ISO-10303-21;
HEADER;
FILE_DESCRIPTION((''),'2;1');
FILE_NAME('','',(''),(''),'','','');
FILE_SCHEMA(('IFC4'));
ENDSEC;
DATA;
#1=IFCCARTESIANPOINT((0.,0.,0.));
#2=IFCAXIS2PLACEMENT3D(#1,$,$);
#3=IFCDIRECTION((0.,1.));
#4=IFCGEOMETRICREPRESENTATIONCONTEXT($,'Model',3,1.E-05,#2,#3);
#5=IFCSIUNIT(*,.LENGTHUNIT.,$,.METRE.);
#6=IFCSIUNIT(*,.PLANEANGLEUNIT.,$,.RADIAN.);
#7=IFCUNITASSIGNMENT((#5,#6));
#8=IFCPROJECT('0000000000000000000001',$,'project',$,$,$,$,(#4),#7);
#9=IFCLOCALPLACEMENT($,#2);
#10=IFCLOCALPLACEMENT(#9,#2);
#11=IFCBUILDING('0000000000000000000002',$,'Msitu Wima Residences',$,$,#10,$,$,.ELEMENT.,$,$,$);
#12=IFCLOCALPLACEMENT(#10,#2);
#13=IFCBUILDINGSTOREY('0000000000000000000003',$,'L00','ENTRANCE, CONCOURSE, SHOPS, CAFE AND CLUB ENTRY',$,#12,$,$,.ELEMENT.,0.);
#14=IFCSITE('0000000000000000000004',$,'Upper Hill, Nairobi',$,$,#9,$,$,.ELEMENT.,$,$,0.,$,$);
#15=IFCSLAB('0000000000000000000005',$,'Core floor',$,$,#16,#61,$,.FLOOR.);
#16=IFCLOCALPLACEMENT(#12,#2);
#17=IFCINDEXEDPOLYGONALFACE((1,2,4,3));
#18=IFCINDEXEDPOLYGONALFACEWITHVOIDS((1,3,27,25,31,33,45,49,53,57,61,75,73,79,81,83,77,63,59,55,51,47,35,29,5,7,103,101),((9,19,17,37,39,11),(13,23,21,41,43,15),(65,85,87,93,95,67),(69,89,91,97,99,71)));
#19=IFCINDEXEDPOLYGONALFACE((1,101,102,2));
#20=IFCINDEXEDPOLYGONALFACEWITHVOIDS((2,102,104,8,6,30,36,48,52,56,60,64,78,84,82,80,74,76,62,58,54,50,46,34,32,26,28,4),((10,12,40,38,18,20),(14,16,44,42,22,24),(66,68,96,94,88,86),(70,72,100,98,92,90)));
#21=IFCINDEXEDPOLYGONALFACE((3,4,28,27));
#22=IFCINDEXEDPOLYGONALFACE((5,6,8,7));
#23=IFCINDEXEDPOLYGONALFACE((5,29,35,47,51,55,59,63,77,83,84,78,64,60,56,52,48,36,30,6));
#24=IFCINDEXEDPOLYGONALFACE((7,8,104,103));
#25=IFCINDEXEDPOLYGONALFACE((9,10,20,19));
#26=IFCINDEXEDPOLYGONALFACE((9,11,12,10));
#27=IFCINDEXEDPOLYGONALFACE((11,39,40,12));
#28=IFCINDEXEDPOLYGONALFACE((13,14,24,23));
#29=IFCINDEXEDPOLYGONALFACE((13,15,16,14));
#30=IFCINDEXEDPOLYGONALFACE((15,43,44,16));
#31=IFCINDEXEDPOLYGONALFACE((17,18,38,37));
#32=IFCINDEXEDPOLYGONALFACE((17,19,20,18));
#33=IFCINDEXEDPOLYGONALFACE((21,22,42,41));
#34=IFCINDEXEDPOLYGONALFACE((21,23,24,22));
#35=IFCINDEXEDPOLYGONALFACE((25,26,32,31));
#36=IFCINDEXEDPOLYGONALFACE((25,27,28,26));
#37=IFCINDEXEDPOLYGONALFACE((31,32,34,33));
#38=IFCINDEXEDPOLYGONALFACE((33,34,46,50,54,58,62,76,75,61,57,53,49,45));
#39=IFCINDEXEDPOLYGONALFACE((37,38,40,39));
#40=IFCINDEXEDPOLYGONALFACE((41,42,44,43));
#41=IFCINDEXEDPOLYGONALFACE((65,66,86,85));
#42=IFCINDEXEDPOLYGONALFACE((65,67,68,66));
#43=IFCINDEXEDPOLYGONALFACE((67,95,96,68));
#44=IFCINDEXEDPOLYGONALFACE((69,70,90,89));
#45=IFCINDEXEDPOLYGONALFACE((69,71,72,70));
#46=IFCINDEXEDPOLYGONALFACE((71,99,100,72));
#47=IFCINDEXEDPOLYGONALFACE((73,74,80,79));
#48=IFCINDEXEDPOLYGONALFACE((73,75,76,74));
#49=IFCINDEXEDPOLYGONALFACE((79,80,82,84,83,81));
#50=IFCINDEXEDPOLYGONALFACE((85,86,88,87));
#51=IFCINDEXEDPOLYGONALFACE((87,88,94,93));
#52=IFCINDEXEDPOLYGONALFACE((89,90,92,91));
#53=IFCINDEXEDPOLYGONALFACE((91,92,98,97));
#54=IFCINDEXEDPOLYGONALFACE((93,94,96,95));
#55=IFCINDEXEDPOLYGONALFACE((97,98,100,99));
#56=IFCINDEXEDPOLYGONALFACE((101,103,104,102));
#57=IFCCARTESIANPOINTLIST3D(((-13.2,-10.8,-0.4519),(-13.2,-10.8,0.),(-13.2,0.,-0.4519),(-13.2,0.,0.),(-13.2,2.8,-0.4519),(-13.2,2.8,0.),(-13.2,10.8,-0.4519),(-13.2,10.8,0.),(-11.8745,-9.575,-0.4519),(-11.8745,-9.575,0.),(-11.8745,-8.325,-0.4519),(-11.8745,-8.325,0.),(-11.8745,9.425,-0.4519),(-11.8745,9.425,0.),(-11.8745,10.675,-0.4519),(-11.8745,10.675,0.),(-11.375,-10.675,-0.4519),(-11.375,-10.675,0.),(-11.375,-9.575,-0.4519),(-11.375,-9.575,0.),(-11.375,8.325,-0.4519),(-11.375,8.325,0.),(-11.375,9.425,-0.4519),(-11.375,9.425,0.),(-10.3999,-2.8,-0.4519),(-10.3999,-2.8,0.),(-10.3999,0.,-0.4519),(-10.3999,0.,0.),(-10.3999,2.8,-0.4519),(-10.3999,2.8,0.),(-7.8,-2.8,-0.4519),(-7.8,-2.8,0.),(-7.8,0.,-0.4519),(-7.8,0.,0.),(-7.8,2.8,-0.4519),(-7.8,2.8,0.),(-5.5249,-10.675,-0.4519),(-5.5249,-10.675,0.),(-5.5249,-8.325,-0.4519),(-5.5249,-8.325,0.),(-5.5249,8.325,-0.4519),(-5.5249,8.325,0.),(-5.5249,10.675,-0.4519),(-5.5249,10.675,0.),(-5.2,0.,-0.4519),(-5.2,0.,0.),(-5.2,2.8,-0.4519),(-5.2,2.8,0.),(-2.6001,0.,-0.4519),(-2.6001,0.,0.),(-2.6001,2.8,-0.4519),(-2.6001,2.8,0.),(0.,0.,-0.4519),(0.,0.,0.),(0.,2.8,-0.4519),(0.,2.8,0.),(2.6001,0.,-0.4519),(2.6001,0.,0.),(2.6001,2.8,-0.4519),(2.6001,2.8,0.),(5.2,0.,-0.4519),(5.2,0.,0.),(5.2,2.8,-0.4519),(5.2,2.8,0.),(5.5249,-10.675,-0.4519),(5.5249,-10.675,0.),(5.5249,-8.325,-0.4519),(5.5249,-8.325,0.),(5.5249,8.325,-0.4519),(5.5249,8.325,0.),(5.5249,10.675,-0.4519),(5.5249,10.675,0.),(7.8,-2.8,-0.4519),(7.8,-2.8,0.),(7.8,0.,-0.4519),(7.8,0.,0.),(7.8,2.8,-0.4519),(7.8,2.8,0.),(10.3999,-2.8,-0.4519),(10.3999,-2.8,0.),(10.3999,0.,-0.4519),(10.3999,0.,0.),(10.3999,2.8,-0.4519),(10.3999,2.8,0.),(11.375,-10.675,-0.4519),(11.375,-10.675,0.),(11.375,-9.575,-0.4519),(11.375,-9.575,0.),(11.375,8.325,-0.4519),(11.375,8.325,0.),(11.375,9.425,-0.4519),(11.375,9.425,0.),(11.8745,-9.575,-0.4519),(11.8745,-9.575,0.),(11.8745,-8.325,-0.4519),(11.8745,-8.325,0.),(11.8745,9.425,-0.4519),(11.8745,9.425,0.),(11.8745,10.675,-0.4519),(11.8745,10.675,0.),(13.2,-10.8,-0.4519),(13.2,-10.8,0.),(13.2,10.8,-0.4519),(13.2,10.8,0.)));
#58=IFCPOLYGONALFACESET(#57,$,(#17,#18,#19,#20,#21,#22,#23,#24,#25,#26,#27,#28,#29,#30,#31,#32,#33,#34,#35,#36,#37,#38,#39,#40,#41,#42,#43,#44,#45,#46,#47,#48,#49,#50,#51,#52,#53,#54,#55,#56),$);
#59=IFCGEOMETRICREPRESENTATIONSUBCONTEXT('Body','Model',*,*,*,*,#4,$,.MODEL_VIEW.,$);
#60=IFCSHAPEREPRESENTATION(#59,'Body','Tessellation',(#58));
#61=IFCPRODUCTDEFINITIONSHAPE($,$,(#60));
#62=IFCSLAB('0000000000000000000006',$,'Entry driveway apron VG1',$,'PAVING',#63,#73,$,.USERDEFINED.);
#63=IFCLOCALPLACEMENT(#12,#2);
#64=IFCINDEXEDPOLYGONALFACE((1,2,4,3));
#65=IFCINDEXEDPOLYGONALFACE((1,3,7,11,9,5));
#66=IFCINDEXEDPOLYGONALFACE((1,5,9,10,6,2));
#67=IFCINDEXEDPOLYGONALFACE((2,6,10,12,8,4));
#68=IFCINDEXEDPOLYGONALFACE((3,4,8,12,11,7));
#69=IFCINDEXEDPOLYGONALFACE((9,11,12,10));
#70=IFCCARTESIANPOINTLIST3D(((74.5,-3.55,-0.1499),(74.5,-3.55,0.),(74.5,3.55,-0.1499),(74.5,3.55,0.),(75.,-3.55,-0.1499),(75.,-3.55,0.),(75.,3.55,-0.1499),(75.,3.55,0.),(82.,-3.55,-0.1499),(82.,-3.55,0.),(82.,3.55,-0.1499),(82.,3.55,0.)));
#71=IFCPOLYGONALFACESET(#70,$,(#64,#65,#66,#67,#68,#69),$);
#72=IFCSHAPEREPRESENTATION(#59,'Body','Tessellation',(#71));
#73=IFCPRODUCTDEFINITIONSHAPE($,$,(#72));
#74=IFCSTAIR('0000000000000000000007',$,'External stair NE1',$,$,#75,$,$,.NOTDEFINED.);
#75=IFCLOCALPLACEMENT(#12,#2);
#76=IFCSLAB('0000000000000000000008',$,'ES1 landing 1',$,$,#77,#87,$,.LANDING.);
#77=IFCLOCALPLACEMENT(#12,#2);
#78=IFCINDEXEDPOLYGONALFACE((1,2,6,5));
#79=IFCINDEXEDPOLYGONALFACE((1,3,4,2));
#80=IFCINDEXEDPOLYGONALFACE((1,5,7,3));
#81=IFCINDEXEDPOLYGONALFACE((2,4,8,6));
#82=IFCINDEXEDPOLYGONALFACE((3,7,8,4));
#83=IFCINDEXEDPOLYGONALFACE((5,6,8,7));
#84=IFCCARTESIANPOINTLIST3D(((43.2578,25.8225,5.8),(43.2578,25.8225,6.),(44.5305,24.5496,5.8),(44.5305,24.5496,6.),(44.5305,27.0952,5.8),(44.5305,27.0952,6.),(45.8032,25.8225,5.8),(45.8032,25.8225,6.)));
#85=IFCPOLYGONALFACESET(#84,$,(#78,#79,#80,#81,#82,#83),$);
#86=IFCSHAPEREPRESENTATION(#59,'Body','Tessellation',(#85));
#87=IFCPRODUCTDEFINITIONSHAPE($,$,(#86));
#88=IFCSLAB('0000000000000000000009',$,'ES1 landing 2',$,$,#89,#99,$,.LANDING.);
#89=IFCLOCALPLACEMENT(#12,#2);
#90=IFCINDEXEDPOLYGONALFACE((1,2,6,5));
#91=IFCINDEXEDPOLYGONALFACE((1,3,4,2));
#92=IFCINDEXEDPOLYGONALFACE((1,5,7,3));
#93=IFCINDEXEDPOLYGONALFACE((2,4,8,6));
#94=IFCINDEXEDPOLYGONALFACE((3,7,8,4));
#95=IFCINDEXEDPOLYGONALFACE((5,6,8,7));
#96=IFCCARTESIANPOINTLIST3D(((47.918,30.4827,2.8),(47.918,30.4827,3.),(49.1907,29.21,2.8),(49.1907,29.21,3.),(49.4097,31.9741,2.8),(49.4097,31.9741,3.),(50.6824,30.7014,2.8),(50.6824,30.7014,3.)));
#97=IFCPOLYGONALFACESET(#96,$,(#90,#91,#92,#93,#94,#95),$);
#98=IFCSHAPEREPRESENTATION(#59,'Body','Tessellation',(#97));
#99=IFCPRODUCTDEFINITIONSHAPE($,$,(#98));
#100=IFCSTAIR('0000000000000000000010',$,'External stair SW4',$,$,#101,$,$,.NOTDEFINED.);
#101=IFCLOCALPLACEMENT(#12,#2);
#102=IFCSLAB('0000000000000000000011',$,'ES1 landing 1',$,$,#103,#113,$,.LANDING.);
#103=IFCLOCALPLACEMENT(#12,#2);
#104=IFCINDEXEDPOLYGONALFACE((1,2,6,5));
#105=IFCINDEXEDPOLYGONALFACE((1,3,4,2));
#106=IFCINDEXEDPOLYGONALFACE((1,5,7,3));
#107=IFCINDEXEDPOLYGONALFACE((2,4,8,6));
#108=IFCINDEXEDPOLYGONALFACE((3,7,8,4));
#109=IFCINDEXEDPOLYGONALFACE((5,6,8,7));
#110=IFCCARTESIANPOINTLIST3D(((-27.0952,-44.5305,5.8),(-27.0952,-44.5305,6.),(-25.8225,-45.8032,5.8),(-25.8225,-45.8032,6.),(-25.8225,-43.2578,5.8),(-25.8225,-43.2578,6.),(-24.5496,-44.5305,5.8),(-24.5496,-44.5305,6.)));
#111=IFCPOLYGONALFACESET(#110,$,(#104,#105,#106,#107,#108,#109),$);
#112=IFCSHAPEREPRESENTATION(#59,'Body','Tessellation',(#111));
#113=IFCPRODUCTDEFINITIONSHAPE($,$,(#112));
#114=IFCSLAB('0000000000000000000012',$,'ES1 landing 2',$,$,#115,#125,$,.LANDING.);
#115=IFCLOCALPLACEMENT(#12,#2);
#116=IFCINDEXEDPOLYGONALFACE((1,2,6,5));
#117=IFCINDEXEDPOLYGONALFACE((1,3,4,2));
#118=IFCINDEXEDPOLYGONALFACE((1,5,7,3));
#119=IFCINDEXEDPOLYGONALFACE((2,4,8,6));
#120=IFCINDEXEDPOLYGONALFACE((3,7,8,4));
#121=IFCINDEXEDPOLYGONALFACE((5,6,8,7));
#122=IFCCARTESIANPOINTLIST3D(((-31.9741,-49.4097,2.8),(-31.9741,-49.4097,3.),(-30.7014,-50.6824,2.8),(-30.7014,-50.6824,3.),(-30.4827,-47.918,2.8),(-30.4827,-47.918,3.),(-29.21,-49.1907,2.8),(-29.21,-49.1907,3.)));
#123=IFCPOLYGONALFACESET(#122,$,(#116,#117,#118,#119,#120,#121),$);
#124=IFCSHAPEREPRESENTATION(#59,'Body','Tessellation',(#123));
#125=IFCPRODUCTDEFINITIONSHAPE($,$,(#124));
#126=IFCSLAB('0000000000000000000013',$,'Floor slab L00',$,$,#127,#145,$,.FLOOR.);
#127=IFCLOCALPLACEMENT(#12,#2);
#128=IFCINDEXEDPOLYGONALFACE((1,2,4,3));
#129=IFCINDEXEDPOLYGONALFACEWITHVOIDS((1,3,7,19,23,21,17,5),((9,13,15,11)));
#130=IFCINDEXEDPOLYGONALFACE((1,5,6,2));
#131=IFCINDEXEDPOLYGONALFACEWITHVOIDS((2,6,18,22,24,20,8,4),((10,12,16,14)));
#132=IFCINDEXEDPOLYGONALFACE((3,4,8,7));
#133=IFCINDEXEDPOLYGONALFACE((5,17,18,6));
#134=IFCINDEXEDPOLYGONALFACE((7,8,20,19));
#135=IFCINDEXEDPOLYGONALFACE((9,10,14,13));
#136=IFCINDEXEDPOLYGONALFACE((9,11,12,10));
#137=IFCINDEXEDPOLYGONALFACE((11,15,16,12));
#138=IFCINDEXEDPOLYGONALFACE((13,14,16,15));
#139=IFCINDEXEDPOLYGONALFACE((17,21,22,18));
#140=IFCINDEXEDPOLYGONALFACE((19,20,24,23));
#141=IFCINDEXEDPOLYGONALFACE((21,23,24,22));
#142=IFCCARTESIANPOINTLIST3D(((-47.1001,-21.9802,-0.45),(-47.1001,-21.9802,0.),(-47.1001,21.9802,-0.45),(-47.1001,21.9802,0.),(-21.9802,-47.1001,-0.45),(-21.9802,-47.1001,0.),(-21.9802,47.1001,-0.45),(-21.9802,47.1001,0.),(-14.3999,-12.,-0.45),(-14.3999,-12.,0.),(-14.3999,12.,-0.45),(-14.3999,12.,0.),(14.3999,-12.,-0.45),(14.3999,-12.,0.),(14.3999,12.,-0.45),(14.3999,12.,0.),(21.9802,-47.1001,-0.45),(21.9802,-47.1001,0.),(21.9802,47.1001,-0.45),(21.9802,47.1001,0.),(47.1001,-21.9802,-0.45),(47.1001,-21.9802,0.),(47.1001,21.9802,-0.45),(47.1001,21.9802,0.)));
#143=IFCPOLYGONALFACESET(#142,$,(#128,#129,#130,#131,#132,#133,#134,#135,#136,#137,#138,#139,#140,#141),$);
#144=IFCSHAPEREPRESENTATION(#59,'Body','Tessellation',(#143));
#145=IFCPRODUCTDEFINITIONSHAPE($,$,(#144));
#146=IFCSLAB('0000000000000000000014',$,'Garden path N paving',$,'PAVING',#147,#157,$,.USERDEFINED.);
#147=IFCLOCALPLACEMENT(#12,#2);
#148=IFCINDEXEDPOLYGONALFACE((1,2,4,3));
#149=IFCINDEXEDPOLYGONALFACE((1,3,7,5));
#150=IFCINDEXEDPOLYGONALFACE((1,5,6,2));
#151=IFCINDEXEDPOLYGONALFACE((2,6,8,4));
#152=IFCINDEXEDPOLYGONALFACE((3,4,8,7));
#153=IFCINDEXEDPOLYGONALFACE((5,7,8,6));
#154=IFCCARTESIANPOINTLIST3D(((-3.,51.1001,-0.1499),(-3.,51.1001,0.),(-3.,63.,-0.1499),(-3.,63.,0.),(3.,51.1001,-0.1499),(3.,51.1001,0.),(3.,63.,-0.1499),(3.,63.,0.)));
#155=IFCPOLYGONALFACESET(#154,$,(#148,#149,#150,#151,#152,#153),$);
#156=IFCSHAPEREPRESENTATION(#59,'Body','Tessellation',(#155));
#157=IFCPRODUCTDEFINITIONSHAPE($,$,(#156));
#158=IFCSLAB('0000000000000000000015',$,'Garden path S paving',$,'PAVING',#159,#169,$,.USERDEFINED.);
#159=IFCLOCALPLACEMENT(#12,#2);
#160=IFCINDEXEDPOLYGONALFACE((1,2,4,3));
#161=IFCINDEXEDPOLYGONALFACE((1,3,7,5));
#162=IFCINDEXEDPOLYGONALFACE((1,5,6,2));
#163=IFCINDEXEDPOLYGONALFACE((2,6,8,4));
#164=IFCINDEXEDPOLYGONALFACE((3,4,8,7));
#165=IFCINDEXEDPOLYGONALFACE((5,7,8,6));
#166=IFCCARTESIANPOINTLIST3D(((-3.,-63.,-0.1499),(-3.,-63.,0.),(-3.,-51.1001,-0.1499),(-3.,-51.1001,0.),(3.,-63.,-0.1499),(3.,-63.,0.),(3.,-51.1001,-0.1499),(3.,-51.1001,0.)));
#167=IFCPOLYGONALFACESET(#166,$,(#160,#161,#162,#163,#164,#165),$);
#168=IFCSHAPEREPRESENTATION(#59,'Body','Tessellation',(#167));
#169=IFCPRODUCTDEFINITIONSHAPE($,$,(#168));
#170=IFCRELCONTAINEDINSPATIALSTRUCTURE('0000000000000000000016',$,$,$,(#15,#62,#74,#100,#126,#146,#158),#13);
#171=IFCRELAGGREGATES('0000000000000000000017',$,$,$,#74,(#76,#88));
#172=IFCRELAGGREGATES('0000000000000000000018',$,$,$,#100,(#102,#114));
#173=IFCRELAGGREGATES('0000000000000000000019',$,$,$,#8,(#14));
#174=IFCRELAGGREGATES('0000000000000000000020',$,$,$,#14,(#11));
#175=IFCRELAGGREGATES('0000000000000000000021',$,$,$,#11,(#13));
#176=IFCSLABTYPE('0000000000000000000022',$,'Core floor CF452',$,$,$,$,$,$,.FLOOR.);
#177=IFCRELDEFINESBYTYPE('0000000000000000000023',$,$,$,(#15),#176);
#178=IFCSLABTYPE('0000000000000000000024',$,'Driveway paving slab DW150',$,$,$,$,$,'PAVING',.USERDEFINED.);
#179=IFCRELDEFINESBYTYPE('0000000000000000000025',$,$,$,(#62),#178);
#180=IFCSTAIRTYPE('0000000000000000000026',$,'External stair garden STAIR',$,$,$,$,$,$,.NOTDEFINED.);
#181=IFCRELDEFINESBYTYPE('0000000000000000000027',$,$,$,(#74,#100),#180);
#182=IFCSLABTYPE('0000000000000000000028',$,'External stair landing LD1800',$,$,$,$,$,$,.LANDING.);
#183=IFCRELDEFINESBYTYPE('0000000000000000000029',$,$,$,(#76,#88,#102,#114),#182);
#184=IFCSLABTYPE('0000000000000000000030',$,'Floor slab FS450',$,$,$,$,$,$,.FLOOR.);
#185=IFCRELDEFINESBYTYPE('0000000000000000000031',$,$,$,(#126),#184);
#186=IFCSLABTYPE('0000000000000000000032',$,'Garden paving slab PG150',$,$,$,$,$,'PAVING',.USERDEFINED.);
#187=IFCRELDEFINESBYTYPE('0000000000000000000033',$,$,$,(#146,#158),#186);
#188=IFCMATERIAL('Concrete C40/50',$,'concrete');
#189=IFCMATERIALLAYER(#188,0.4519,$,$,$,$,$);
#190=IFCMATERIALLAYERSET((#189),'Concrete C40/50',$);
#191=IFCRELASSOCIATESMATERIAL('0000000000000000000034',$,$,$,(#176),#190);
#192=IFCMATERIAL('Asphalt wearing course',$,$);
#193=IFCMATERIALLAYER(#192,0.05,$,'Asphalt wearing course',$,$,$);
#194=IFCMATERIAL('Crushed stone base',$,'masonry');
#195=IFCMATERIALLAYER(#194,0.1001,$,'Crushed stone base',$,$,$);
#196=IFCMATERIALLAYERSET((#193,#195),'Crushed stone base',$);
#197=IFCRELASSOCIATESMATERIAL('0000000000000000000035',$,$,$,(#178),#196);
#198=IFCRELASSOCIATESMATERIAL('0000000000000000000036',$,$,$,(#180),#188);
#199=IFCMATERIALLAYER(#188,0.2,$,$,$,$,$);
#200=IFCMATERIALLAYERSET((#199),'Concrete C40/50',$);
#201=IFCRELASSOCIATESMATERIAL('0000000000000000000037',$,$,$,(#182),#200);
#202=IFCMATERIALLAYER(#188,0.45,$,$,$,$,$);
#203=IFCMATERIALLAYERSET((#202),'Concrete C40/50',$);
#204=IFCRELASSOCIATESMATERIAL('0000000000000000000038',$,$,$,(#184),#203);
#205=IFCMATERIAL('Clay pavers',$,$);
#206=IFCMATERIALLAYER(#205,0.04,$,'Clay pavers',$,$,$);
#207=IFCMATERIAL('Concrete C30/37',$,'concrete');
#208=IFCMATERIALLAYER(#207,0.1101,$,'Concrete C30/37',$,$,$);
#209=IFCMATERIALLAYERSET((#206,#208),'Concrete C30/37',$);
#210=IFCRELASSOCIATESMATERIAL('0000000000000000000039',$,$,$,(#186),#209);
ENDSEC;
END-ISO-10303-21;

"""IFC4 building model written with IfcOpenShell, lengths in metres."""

from ifc_helpers import new_model, si_unit, direction, frame, origin, place, context, subcontext, project, spatial, polyline, outline, extrude, material, layer, layer_set, type_object, element, aggregate, save


model = new_model("IFC4")

# Units and contexts
model_context = context("Model", 3, precision=1e-05, world=origin(), true_north=direction((0.0, 1.0)))
body_context = subcontext(model_context, "Body", "Model", "MODEL_VIEW")
ifc_project = project(units=[si_unit("LENGTHUNIT", "METRE"), si_unit("PLANEANGLEUNIT", "RADIAN")], contexts=[model_context])

# Site, building, storey
site_placement = place(None, origin())
site = spatial("IfcSite", under=ifc_project, at=site_placement, Name="Upper Hill, Nairobi", CompositionType="ELEMENT", RefElevation=0.0)
building_placement = place(site_placement, origin())
building = spatial("IfcBuilding", under=site, at=building_placement, Name="Msitu Wima Residences", CompositionType="ELEMENT")
storey_placement = place(building_placement, origin())
storey = spatial("IfcBuildingStorey", under=building, at=storey_placement, Name="L00", Description="ENTRANCE, CONCOURSE, SHOPS, CAFE AND CLUB ENTRY", CompositionType="ELEMENT", Elevation=0.0)

# Slabs
ifc_material_1 = material(Name="Concrete C40/50", Category="concrete")
ifc_layer_1 = layer(ifc_material_1, 0.4519)
ifc_layer_set_1 = layer_set([ifc_layer_1], Name="Concrete C40/50")
slab_type_1 = type_object("IfcSlabType", Name="Core floor CF452", PredefinedType="FLOOR", material=ifc_layer_set_1)
slab_1_placement = place(storey_placement, frame((0.0, 0.0, -0.4519)))
element("IfcSlab", 1, at=slab_1_placement, inside=storey, type_object=slab_type_1, Name="Core floor", PredefinedType="FLOOR", context=body_context, shape_type="SweptSolid", body=[
    extrude(outline(polyline([(-13.2, 10.8), (-13.2, 2.8), (-10.3999, 2.8), (-7.8, 2.8), (-5.2, 2.8), (-2.6001, 2.8), (0.0, 2.8), (2.6001, 2.8), (5.2, 2.8), (7.8, 2.8), (10.3999, 2.8), (10.3999, 0.0), (10.3999, -2.8), (7.8, -2.8), (7.8, 0.0), (5.2, 0.0), (2.6001, 0.0), (0.0, 0.0), (-2.6001, 0.0), (-5.2, 0.0), (-7.8, 0.0), (-7.8, -2.8), (-10.3999, -2.8), (-10.3999, 0.0), (-13.2, 0.0), (-13.2, -10.8), (13.2, -10.8), (13.2, 10.8), (-13.2, 10.8)]), holes=[polyline([(-11.375, -10.675), (-11.375, -9.575), (-11.8745, -9.575), (-11.8745, -8.325), (-5.5249, -8.325), (-5.5249, -10.675), (-11.375, -10.675)]), polyline([(-11.375, 9.425), (-11.8745, 9.425), (-11.8745, 10.675), (-5.5249, 10.675), (-5.5249, 8.325), (-11.375, 8.325), (-11.375, 9.425)]), polyline([(11.375, -9.575), (11.375, -10.675), (5.5249, -10.675), (5.5249, -8.325), (11.8745, -8.325), (11.8745, -9.575), (11.375, -9.575)]), polyline([(11.375, 9.425), (11.375, 8.325), (5.5249, 8.325), (5.5249, 10.675), (11.8745, 10.675), (11.8745, 9.425), (11.375, 9.425)])]), origin(), (0.0, 0.0, 1.0), 0.4519),
])
ifc_material_2 = material(Name="Asphalt wearing course")
ifc_layer_2 = layer(ifc_material_2, 0.05, Name="Asphalt wearing course")
ifc_material_3 = material(Name="Crushed stone base", Category="masonry")
ifc_layer_3 = layer(ifc_material_3, 0.1001, Name="Crushed stone base")
ifc_layer_set_2 = layer_set([ifc_layer_2, ifc_layer_3], Name="Crushed stone base")
slab_type_2 = type_object("IfcSlabType", Name="Driveway paving slab DW150", ElementType="PAVING", PredefinedType="USERDEFINED", material=ifc_layer_set_2)
slab_2_placement = place(storey_placement, frame((0.0, 0.0, -0.1499)))
element("IfcSlab", 2, at=slab_2_placement, inside=storey, type_object=slab_type_2, Name="Entry driveway apron VG1", ObjectType="PAVING", PredefinedType="USERDEFINED", context=body_context, shape_type="SweptSolid", body=[
    extrude(outline(polyline([(74.5, -3.55), (74.5, 3.55), (75.0, 3.55), (82.0, 3.55), (82.0, -3.55), (75.0, -3.55), (74.5, -3.55)])), origin(), (0.0, 0.0, 1.0), 0.1499),
])

# Stairs, slabs
stair_type_1 = type_object("IfcStairType", Name="External stair garden STAIR", PredefinedType="NOTDEFINED", material=ifc_material_1)
stair_1_placement = place(storey_placement, origin())
stair_1 = element("IfcStair", 3, at=stair_1_placement, inside=storey, type_object=stair_type_1, Name="External stair NE1", PredefinedType="NOTDEFINED")
ifc_layer_4 = layer(ifc_material_1, 0.2)
ifc_layer_set_3 = layer_set([ifc_layer_4], Name="Concrete C40/50")
slab_type_3 = type_object("IfcSlabType", Name="External stair landing LD1800", PredefinedType="LANDING", material=ifc_layer_set_3)
slab_3_placement = place(storey_placement, frame((0.0, 0.0, 5.8)))
slab_3 = element("IfcSlab", 4, at=slab_3_placement, type_object=slab_type_3, Name="ES1 landing 1", PredefinedType="LANDING", context=body_context, shape_type="SweptSolid", body=[
    extrude(outline(polyline([(44.5305, 24.5496), (43.2578, 25.8225), (44.5305, 27.0952), (45.8032, 25.8225), (44.5305, 24.5496)])), origin(), (0.0, 0.0, 1.0), 0.2),
])
slab_4_placement = place(storey_placement, frame((0.0, 0.0, 2.8)))
slab_4 = element("IfcSlab", 5, at=slab_4_placement, type_object=slab_type_3, Name="ES1 landing 2", PredefinedType="LANDING", context=body_context, shape_type="SweptSolid", body=[
    extrude(outline(polyline([(49.1907, 29.21), (47.918, 30.4827), (49.4097, 31.9741), (50.6824, 30.7014), (49.1907, 29.21)])), origin(), (0.0, 0.0, 1.0), 0.2),
])
aggregate(stair_1, [slab_3, slab_4])
stair_2_placement = place(storey_placement, origin())
stair_2 = element("IfcStair", 6, at=stair_2_placement, inside=storey, type_object=stair_type_1, Name="External stair SW4", PredefinedType="NOTDEFINED")
slab_5_placement = place(storey_placement, frame((0.0, 0.0, 5.8)))
slab_5 = element("IfcSlab", 7, at=slab_5_placement, type_object=slab_type_3, Name="ES1 landing 1", PredefinedType="LANDING", context=body_context, shape_type="SweptSolid", body=[
    extrude(outline(polyline([(-25.8225, -43.2578), (-24.5496, -44.5305), (-25.8225, -45.8032), (-27.0952, -44.5305), (-25.8225, -43.2578)])), origin(), (0.0, 0.0, 1.0), 0.2),
])
slab_6_placement = place(storey_placement, frame((0.0, 0.0, 2.8)))
slab_6 = element("IfcSlab", 8, at=slab_6_placement, type_object=slab_type_3, Name="ES1 landing 2", PredefinedType="LANDING", context=body_context, shape_type="SweptSolid", body=[
    extrude(outline(polyline([(-30.4827, -47.918), (-29.21, -49.1907), (-30.7014, -50.6824), (-31.9741, -49.4097), (-30.4827, -47.918)])), origin(), (0.0, 0.0, 1.0), 0.2),
])
aggregate(stair_2, [slab_5, slab_6])

# Slabs
ifc_layer_5 = layer(ifc_material_1, 0.45)
ifc_layer_set_4 = layer_set([ifc_layer_5], Name="Concrete C40/50")
slab_type_4 = type_object("IfcSlabType", Name="Floor slab FS450", PredefinedType="FLOOR", material=ifc_layer_set_4)
slab_7_placement = place(storey_placement, frame((0.0, 0.0, -0.45)))
element("IfcSlab", 9, at=slab_7_placement, inside=storey, type_object=slab_type_4, Name="Floor slab L00", PredefinedType="FLOOR", context=body_context, shape_type="SweptSolid", body=[
    extrude(outline(polyline([(21.9802, -47.1001), (-21.9802, -47.1001), (-47.1001, -21.9802), (-47.1001, 21.9802), (-21.9802, 47.1001), (21.9802, 47.1001), (47.1001, 21.9802), (47.1001, -21.9802), (21.9802, -47.1001)]), holes=[polyline([(14.3999, 12.0), (-14.3999, 12.0), (-14.3999, -12.0), (14.3999, -12.0), (14.3999, 12.0)])]), origin(), (0.0, 0.0, 1.0), 0.45),
])
ifc_material_4 = material(Name="Clay pavers")
ifc_layer_6 = layer(ifc_material_4, 0.04, Name="Clay pavers")
ifc_material_5 = material(Name="Concrete C30/37", Category="concrete")
ifc_layer_7 = layer(ifc_material_5, 0.1101, Name="Concrete C30/37")
ifc_layer_set_5 = layer_set([ifc_layer_6, ifc_layer_7], Name="Concrete C30/37")
slab_type_5 = type_object("IfcSlabType", Name="Garden paving slab PG150", ElementType="PAVING", PredefinedType="USERDEFINED", material=ifc_layer_set_5)
slab_8_placement = place(storey_placement, frame((0.0, 0.0, -0.1499)))
element("IfcSlab", 10, at=slab_8_placement, inside=storey, type_object=slab_type_5, Name="Garden path N paving", ObjectType="PAVING", PredefinedType="USERDEFINED", context=body_context, shape_type="SweptSolid", body=[
    extrude(outline(polyline([(3.0, 51.1001), (3.0, 63.0), (-3.0, 63.0), (-3.0, 51.1001), (3.0, 51.1001)])), origin(), (0.0, 0.0, 1.0), 0.1499),
])
slab_9_placement = place(storey_placement, frame((0.0, 0.0, -0.1499)))
element("IfcSlab", 11, at=slab_9_placement, inside=storey, type_object=slab_type_5, Name="Garden path S paving", ObjectType="PAVING", PredefinedType="USERDEFINED", context=body_context, shape_type="SweptSolid", body=[
    extrude(outline(polyline([(3.0, -63.0), (3.0, -51.1001), (-3.0, -51.1001), (-3.0, -63.0), (3.0, -63.0)])), origin(), (0.0, 0.0, 1.0), 0.1499),
])

save(model, "model.ifc")
